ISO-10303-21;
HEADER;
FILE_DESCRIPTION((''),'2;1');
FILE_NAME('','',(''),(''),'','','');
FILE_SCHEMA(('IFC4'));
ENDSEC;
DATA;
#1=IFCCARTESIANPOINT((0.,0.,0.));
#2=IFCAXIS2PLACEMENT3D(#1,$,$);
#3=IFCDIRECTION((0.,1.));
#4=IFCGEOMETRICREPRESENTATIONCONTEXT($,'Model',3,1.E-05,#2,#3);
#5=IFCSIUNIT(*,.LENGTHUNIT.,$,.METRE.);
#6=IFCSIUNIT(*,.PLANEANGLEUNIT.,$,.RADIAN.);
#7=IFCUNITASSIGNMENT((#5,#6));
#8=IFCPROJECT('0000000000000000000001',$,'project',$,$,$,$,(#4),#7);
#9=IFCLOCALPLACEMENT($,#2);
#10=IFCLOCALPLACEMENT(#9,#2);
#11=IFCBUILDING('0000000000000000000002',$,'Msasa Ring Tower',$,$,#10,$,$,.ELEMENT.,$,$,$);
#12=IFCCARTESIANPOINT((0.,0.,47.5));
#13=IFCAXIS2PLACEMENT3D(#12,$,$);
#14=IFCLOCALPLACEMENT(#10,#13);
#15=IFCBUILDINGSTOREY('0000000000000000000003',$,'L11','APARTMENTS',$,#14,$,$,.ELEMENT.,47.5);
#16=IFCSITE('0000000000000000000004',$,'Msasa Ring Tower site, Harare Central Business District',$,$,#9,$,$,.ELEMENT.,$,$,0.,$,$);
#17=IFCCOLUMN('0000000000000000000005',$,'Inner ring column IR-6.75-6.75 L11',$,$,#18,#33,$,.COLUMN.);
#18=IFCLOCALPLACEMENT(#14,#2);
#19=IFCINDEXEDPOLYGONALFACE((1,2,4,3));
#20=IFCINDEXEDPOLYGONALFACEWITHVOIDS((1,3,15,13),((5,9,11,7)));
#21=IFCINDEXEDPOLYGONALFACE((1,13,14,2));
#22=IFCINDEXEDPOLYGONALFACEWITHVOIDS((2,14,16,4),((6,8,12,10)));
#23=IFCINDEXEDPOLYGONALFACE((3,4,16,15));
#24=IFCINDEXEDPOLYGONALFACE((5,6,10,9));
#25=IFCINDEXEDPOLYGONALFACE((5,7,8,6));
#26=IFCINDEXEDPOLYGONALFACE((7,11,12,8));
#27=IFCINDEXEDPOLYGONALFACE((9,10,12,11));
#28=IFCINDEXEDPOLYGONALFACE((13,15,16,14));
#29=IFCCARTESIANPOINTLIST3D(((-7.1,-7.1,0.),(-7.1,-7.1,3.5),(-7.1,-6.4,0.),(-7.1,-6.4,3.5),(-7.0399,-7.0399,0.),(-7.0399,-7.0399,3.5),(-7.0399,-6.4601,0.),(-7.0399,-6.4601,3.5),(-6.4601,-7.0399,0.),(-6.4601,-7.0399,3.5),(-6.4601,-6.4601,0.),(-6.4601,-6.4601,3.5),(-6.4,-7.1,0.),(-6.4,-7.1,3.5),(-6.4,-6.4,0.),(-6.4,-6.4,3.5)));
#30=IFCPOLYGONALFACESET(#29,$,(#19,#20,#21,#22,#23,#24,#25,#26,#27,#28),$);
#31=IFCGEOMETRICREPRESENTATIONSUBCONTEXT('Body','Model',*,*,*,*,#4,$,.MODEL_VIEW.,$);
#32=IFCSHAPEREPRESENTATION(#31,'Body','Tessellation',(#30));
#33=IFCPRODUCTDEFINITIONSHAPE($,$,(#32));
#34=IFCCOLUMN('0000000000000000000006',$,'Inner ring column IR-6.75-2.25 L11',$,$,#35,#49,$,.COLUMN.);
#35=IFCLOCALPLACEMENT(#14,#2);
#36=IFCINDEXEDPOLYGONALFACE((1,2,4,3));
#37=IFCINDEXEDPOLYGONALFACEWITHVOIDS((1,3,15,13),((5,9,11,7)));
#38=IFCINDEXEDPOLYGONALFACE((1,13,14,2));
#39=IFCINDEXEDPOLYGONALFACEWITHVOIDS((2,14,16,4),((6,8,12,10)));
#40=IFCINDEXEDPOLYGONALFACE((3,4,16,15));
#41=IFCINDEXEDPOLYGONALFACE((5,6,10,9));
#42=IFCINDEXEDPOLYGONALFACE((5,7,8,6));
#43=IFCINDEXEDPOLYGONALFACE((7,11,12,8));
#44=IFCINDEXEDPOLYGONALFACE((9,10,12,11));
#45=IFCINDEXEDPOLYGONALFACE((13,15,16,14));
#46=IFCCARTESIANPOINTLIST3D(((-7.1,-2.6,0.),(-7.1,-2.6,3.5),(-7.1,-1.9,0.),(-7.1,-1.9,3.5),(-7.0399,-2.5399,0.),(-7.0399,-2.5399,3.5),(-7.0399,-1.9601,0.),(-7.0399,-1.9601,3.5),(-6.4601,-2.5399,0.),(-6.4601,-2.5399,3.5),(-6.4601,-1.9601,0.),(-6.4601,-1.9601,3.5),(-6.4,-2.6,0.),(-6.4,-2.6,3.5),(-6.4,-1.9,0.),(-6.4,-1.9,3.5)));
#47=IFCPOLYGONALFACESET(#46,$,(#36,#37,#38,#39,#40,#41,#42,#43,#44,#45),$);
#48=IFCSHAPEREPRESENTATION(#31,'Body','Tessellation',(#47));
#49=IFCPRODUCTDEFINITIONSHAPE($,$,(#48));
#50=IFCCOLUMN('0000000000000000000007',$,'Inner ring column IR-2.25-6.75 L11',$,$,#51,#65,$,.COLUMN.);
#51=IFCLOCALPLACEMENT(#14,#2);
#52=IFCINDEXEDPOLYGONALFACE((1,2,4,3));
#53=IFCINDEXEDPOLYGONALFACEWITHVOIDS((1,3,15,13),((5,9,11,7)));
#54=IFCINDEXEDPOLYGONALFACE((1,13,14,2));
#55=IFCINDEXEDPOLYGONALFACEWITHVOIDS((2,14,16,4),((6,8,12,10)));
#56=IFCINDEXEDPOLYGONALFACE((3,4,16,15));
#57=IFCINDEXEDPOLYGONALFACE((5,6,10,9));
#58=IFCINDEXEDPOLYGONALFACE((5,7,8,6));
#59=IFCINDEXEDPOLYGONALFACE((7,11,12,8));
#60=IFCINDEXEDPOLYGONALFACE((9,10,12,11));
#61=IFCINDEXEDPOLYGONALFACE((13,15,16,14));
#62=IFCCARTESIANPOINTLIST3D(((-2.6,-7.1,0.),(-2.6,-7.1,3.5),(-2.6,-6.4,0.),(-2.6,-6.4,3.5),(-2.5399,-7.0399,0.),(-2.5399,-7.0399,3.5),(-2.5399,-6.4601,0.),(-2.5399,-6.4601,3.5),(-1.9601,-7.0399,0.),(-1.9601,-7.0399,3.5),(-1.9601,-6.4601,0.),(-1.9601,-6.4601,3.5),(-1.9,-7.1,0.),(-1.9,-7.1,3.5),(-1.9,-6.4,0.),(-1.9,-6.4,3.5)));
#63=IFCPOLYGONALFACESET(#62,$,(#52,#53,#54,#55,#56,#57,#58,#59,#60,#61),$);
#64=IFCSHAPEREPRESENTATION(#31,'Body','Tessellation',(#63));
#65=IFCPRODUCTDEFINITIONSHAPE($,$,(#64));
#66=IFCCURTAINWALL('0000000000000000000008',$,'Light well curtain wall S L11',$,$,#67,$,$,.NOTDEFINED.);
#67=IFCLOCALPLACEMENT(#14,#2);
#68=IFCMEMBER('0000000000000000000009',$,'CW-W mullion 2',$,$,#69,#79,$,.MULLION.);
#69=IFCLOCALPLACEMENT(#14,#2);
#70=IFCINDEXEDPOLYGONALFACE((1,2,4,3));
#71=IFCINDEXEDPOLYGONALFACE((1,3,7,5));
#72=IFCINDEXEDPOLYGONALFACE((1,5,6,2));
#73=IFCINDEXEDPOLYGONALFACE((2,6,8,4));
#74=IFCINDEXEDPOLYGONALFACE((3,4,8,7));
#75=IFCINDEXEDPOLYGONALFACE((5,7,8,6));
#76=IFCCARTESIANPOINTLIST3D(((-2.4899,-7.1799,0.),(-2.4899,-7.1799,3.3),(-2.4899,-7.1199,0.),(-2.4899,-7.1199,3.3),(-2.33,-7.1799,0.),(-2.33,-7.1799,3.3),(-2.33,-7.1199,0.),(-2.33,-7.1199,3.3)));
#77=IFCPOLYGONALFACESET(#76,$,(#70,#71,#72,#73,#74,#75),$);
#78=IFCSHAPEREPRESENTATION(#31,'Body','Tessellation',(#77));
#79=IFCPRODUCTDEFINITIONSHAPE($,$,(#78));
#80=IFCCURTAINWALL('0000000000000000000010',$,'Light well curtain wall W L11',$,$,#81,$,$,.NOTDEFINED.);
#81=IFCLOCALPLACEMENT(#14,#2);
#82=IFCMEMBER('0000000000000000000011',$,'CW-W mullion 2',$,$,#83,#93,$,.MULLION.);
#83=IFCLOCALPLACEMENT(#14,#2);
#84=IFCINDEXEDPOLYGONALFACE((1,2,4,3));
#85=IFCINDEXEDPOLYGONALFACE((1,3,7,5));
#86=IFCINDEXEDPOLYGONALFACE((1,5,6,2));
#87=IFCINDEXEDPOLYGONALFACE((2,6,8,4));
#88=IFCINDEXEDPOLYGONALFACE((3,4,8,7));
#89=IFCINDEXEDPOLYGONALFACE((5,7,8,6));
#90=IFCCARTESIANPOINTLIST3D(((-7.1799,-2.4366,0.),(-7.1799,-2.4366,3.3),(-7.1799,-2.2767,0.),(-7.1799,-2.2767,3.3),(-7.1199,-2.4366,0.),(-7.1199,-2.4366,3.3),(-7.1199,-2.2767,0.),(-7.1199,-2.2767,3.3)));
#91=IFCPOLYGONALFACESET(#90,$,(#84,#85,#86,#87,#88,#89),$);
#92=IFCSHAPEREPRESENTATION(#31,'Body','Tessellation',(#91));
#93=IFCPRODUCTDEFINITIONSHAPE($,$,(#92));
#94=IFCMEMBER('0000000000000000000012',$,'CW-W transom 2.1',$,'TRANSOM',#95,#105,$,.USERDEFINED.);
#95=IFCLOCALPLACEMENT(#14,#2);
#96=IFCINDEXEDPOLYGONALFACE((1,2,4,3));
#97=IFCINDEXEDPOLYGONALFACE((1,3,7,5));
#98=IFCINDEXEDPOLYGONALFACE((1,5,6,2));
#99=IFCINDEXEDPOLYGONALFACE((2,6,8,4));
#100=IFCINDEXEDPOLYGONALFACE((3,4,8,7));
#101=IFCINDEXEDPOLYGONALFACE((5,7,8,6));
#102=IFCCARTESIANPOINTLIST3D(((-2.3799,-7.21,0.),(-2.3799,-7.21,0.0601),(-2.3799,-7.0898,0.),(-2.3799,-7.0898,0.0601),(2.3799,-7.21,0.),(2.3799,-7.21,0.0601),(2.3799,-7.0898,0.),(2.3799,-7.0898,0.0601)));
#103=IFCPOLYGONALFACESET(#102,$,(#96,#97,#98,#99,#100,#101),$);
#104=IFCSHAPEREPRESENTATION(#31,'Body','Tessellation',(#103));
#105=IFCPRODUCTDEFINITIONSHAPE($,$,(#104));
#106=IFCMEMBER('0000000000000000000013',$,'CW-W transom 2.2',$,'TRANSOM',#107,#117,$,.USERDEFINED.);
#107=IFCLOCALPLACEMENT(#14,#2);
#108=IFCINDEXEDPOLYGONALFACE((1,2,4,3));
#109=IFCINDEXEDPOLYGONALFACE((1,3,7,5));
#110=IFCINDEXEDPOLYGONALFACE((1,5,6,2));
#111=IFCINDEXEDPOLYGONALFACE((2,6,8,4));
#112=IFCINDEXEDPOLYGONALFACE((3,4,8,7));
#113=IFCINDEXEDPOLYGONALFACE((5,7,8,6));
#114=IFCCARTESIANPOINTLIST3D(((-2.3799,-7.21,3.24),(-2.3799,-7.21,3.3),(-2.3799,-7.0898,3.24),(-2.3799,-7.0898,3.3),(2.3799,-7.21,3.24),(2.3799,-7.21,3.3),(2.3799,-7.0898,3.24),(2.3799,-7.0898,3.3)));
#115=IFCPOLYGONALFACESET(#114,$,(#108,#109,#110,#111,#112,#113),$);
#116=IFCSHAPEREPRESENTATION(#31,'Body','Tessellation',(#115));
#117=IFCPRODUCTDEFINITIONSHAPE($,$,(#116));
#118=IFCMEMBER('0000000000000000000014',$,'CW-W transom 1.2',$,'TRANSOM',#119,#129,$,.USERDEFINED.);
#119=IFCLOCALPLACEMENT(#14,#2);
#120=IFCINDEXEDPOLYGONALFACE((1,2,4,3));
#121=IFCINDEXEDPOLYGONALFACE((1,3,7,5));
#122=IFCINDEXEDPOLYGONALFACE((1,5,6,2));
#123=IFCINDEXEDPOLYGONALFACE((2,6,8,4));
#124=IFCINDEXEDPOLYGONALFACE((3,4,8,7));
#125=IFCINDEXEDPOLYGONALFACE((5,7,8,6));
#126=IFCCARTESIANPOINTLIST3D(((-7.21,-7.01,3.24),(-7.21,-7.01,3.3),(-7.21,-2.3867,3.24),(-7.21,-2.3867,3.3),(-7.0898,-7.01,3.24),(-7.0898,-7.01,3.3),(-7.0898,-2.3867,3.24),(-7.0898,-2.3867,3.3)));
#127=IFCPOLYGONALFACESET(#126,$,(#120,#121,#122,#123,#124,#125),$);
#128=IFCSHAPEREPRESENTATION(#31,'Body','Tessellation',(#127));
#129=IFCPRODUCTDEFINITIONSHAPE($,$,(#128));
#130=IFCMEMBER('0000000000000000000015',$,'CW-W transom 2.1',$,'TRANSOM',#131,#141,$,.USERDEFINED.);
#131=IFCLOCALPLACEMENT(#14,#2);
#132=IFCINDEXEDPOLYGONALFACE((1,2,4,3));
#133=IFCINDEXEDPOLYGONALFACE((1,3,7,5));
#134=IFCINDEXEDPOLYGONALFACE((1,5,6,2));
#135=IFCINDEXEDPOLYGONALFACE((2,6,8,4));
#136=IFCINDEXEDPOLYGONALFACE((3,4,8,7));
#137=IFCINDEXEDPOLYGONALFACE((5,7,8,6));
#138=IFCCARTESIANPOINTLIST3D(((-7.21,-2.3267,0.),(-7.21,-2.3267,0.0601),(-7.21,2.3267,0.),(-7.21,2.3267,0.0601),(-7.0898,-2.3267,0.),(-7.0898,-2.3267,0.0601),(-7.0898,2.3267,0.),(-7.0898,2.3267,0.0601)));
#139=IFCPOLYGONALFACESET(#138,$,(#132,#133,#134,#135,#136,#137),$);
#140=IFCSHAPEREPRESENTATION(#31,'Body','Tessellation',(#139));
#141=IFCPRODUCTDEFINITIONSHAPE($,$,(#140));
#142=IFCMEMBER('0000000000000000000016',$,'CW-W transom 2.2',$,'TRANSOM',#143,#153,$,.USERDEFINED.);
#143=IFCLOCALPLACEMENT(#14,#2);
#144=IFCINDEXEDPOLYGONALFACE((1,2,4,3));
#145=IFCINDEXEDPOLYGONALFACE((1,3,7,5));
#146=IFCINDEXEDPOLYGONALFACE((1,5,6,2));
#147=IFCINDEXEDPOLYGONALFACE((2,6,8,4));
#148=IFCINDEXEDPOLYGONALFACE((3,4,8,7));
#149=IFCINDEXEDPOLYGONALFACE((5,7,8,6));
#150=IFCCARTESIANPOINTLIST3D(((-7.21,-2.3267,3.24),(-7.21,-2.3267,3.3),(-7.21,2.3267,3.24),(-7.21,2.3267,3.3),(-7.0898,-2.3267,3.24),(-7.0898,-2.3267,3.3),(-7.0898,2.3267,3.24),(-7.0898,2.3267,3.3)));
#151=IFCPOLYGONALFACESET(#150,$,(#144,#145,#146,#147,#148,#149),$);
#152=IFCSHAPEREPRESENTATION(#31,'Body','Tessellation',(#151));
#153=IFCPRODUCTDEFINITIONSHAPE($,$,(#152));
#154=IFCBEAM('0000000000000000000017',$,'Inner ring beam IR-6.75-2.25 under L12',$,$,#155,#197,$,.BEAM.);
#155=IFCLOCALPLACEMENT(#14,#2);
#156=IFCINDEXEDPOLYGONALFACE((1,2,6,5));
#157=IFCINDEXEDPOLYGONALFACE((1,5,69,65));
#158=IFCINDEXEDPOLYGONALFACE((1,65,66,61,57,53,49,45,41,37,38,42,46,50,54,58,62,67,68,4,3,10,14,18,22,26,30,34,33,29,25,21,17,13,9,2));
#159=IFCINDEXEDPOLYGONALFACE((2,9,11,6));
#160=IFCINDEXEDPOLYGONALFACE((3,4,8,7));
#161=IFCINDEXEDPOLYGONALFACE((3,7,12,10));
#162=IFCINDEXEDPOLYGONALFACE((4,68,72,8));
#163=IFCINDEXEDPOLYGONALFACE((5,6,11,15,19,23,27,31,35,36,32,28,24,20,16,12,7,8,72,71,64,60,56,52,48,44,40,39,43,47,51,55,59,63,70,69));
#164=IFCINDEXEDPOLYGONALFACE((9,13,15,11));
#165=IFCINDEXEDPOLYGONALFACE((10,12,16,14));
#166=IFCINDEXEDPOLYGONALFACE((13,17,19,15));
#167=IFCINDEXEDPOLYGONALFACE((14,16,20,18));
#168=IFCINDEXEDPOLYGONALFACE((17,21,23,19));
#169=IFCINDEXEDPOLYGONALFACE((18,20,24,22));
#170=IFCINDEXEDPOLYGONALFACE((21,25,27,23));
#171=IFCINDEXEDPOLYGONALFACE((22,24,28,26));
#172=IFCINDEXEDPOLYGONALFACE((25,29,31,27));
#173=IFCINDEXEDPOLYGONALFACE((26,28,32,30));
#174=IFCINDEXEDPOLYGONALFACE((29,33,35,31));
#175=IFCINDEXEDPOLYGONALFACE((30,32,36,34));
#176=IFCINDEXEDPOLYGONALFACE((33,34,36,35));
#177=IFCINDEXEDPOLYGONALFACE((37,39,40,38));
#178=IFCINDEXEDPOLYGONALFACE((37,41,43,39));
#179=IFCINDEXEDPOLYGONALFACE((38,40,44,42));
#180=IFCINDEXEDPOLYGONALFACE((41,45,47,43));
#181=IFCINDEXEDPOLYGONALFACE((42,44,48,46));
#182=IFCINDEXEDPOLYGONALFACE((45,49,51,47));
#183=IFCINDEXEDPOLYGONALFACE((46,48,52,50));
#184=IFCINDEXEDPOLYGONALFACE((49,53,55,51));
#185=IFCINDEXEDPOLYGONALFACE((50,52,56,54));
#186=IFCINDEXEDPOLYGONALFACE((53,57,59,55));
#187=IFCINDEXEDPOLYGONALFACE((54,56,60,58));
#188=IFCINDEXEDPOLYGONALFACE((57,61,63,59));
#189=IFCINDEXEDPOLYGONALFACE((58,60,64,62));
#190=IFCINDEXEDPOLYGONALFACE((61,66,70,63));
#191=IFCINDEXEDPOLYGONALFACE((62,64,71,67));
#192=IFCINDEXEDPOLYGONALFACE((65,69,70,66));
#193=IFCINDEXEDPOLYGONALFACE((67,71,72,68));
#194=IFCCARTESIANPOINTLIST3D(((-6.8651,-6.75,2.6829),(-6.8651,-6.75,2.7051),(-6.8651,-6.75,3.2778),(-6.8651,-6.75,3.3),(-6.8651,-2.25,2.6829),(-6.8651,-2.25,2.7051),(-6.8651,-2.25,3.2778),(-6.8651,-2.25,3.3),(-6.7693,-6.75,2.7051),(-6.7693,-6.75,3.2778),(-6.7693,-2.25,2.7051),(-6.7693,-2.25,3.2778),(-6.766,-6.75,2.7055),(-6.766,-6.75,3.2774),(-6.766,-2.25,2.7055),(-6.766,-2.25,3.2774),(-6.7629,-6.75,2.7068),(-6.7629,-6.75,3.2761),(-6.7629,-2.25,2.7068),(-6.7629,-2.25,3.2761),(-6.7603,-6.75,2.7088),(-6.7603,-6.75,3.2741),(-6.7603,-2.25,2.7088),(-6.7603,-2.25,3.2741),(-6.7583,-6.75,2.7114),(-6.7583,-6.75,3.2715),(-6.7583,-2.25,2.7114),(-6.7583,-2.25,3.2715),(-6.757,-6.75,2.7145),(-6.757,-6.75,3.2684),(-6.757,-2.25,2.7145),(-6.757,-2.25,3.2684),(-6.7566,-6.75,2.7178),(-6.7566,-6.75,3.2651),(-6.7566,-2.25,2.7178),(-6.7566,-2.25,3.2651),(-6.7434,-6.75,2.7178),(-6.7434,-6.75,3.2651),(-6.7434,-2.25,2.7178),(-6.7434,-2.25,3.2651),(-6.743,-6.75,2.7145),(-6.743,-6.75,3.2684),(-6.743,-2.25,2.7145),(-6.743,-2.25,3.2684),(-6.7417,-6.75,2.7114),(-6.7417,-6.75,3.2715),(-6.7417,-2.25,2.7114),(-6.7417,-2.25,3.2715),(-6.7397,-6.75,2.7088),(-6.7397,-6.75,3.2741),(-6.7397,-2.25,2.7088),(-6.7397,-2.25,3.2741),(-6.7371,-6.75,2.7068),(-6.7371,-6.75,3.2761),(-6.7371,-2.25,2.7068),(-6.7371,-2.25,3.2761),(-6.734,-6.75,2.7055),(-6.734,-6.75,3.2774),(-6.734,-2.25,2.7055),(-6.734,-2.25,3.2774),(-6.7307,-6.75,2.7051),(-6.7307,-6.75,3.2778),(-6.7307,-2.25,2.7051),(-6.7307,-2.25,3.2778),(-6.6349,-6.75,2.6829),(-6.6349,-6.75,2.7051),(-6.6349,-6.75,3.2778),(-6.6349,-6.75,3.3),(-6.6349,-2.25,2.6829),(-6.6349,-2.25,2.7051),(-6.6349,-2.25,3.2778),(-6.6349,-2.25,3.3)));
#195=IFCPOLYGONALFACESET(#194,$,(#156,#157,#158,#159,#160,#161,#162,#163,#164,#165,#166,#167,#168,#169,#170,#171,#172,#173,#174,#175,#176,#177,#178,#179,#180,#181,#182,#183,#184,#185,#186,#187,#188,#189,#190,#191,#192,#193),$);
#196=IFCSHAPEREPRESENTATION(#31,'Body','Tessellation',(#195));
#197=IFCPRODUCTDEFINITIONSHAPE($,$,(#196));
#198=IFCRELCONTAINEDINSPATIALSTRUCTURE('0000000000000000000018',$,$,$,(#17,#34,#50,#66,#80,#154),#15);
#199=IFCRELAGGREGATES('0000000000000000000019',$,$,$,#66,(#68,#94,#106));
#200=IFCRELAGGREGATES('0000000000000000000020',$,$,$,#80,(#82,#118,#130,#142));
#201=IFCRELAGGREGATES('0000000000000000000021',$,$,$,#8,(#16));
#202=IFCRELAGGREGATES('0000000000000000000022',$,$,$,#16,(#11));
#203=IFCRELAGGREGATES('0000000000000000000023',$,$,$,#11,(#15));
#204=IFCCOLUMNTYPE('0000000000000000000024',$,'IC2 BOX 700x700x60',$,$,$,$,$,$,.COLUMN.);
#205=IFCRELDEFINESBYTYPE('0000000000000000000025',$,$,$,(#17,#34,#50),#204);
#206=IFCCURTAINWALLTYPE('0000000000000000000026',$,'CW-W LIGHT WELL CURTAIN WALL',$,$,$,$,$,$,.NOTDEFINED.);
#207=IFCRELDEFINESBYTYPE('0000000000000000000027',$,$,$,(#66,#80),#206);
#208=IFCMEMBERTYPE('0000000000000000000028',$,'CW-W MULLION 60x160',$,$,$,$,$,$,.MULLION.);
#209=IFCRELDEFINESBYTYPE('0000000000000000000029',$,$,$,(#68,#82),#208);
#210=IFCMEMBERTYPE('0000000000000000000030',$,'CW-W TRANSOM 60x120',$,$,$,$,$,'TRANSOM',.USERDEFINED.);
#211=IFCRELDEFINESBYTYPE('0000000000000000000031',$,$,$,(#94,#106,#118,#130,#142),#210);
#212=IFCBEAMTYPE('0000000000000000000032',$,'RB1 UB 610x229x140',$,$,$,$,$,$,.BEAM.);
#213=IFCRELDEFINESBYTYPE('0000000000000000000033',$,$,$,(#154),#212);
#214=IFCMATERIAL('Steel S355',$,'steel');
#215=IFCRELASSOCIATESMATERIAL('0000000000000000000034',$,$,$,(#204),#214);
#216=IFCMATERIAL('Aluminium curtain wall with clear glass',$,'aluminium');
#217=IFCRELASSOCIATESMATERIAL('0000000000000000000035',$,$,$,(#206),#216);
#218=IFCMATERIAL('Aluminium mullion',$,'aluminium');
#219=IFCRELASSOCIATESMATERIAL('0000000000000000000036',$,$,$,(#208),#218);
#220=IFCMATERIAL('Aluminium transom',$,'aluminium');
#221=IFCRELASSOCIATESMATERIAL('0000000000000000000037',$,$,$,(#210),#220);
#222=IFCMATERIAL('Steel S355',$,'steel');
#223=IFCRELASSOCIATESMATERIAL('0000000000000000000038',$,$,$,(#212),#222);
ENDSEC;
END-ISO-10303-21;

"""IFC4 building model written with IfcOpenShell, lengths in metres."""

from ifc_helpers import new_model, si_unit, direction, frame, origin, origin_2d, place, context, subcontext, project, spatial, rectangle, hollow_rectangle, i_section, extrude, material, material_profile, profile_set, type_object, element, aggregate, save


model = new_model("IFC4")

# Units and contexts
model_context = context("Model", 3, precision=1e-05, world=origin(), true_north=direction((0.0, 1.0)))
body_context = subcontext(model_context, "Body", "Model", "MODEL_VIEW")
ifc_project = project(units=[si_unit("LENGTHUNIT", "METRE"), si_unit("PLANEANGLEUNIT", "RADIAN")], contexts=[model_context])

# Site, building, storey
site_placement = place(None, origin())
site = spatial("IfcSite", under=ifc_project, at=site_placement, Name="Msasa Ring Tower site, Harare Central Business District", CompositionType="ELEMENT", RefElevation=0.0)
building_placement = place(site_placement, origin())
building = spatial("IfcBuilding", under=site, at=building_placement, Name="Msasa Ring Tower", CompositionType="ELEMENT")
storey_placement = place(building_placement, frame((0.0, 0.0, 47.5)))
storey = spatial("IfcBuildingStorey", under=building, at=storey_placement, Name="L11", Description="APARTMENTS", CompositionType="ELEMENT", Elevation=47.5)

# Columns
ifc_material_1 = material(Name="Steel S355", Category="steel")
ifc_material_profile_1 = material_profile(ifc_material_1, hollow_rectangle(XDim=0.7, YDim=0.7, WallThickness=0.0601, at=origin_2d()), Name="BOX 700x700x60")
ifc_profile_set_1 = profile_set([ifc_material_profile_1], Name="Steel S355")
column_type = type_object("IfcColumnType", Name="IC2 BOX 700x700x60", PredefinedType="COLUMN", material=ifc_profile_set_1)
for number, where, z_axis, x_axis, name in (
    (1, (-6.75, -6.75, 0.0), (0.0, 0.0, 1.0), (1.0, 0.0, 0.0), "Inner ring column IR-6.75-6.75 L11"),
    (2, (-6.75, -2.25, 0.0), (0.0, 0.0, 1.0), (1.0, 0.0, 0.0), "Inner ring column IR-6.75-2.25 L11"),
    (3, (-2.25, -6.75, 0.0), (0.0, 0.0, 1.0), (1.0, 0.0, 0.0), "Inner ring column IR-2.25-6.75 L11"),
):
    element("IfcColumn", number, at=place(storey_placement, frame(where, z_axis=z_axis, x_axis=x_axis)), inside=storey, type_object=column_type, Name=name, PredefinedType="COLUMN", context=body_context, shape_type="SweptSolid", body=[
        extrude(hollow_rectangle(XDim=0.7, YDim=0.7, WallThickness=0.0601, at=origin_2d()), origin(), (0.0, 0.0, 1.0), 3.5),
    ])

# Curtain walls, members
ifc_material_2 = material(Name="Aluminium curtain wall with clear glass", Category="aluminium")
curtain_wall_type = type_object("IfcCurtainWallType", Name="CW-W LIGHT WELL CURTAIN WALL", PredefinedType="NOTDEFINED", material=ifc_material_2)
curtain_wall_1_placement = place(storey_placement, origin())
curtain_wall_1 = element("IfcCurtainWall", 4, at=curtain_wall_1_placement, inside=storey, type_object=curtain_wall_type, Name="Light well curtain wall S L11", PredefinedType="NOTDEFINED")
ifc_material_3 = material(Name="Aluminium mullion", Category="aluminium")
ifc_material_profile_2 = material_profile(ifc_material_3, rectangle(XDim=0.0601, YDim=0.1599, at=origin_2d()), Name="AL 60x160")
ifc_profile_set_2 = profile_set([ifc_material_profile_2], Name="Aluminium mullion")
member_type_1 = type_object("IfcMemberType", Name="CW-W MULLION 60x160", PredefinedType="MULLION", material=ifc_profile_set_2)
member_1_placement = place(storey_placement, frame((-2.4099, -7.1499, 0.0), z_axis=(0.0, 0.0, 1.0), x_axis=(0.0, 1.0, 0.0)))
member_1 = element("IfcMember", 5, at=member_1_placement, type_object=member_type_1, Name="CW-W mullion 2", PredefinedType="MULLION", context=body_context, shape_type="SweptSolid", body=[
    extrude(rectangle(XDim=0.0601, YDim=0.1599, at=origin_2d()), origin(), (0.0, 0.0, 1.0), 3.3),
])
curtain_wall_2_placement = place(storey_placement, origin())
curtain_wall_2 = element("IfcCurtainWall", 6, at=curtain_wall_2_placement, inside=storey, type_object=curtain_wall_type, Name="Light well curtain wall W L11", PredefinedType="NOTDEFINED")
member_2_placement = place(storey_placement, frame((-7.1499, -2.3567, 0.0), z_axis=(0.0, 0.0, 1.0), x_axis=(-1.0, 0.0, 0.0)))
member_2 = element("IfcMember", 7, at=member_2_placement, type_object=member_type_1, Name="CW-W mullion 2", PredefinedType="MULLION", context=body_context, shape_type="SweptSolid", body=[
    extrude(rectangle(XDim=0.0601, YDim=0.1599, at=origin_2d()), origin(), (0.0, 0.0, 1.0), 3.3),
])

# Members
ifc_material_4 = material(Name="Aluminium transom", Category="aluminium")
ifc_material_profile_3 = material_profile(ifc_material_4, rectangle(XDim=0.1201, YDim=0.0601, at=origin_2d()), Name="AL 60x120")
ifc_profile_set_3 = profile_set([ifc_material_profile_3], Name="Aluminium transom")
member_type_2 = type_object("IfcMemberType", Name="CW-W TRANSOM 60x120", ElementType="TRANSOM", PredefinedType="USERDEFINED", material=ifc_profile_set_3)
member_3_placement = place(storey_placement, frame((-2.3799, -7.1499, 0.03), z_axis=(1.0, 0.0, 0.0), x_axis=(0.0, 1.0, 0.0)))
member_3 = element("IfcMember", 8, at=member_3_placement, type_object=member_type_2, Name="CW-W transom 2.1", ObjectType="TRANSOM", PredefinedType="USERDEFINED", context=body_context, shape_type="SweptSolid", body=[
    extrude(rectangle(XDim=0.1201, YDim=0.0601, at=origin_2d()), origin(), (0.0, 0.0, 1.0), 4.7598),
])
member_4_placement = place(storey_placement, frame((-2.3799, -7.1499, 3.27), z_axis=(1.0, 0.0, 0.0), x_axis=(0.0, 1.0, 0.0)))
member_4 = element("IfcMember", 9, at=member_4_placement, type_object=member_type_2, Name="CW-W transom 2.2", ObjectType="TRANSOM", PredefinedType="USERDEFINED", context=body_context, shape_type="SweptSolid", body=[
    extrude(rectangle(XDim=0.1201, YDim=0.0601, at=origin_2d()), origin(), (0.0, 0.0, 1.0), 4.7598),
])
member_5_placement = place(storey_placement, frame((-7.1499, -7.01, 3.27), z_axis=(0.0, 1.0, 0.0), x_axis=(-1.0, 0.0, 0.0)))
member_5 = element("IfcMember", 10, at=member_5_placement, type_object=member_type_2, Name="CW-W transom 1.2", ObjectType="TRANSOM", PredefinedType="USERDEFINED", context=body_context, shape_type="SweptSolid", body=[
    extrude(rectangle(XDim=0.1201, YDim=0.0601, at=origin_2d()), origin(), (0.0, 0.0, 1.0), 4.6233),
])
member_6_placement = place(storey_placement, frame((-7.1499, -2.3267, 0.03), z_axis=(0.0, 1.0, 0.0), x_axis=(-1.0, 0.0, 0.0)))
member_6 = element("IfcMember", 11, at=member_6_placement, type_object=member_type_2, Name="CW-W transom 2.1", ObjectType="TRANSOM", PredefinedType="USERDEFINED", context=body_context, shape_type="SweptSolid", body=[
    extrude(rectangle(XDim=0.1201, YDim=0.0601, at=origin_2d()), origin(), (0.0, 0.0, 1.0), 4.6533),
])
member_7_placement = place(storey_placement, frame((-7.1499, -2.3267, 3.27), z_axis=(0.0, 1.0, 0.0), x_axis=(-1.0, 0.0, 0.0)))
member_7 = element("IfcMember", 12, at=member_7_placement, type_object=member_type_2, Name="CW-W transom 2.2", ObjectType="TRANSOM", PredefinedType="USERDEFINED", context=body_context, shape_type="SweptSolid", body=[
    extrude(rectangle(XDim=0.1201, YDim=0.0601, at=origin_2d()), origin(), (0.0, 0.0, 1.0), 4.6533),
])

# Beam
ifc_material_5 = material(Name="Steel S355", Category="steel")
ifc_material_profile_4 = material_profile(ifc_material_5, i_section(OverallWidth=0.2302, OverallDepth=0.6172, WebThickness=0.0132, FlangeThickness=0.0222, FilletRadius=0.0127, at=origin_2d()), Name="UB 610x229x140")
ifc_profile_set_4 = profile_set([ifc_material_profile_4], Name="Steel S355")
beam_type = type_object("IfcBeamType", Name="RB1 UB 610x229x140", PredefinedType="BEAM", material=ifc_profile_set_4)
for number, where, z_axis, x_axis, name in (
    (13, (-6.75, -2.25, 2.9915), (0.0, -1.0, 0.0), (1.0, 0.0, 0.0), "Inner ring beam IR-6.75-2.25 under L12"),
):
    element("IfcBeam", number, at=place(storey_placement, frame(where, z_axis=z_axis, x_axis=x_axis)), inside=storey, type_object=beam_type, Name=name, PredefinedType="BEAM", context=body_context, shape_type="SweptSolid", body=[
        extrude(i_section(OverallWidth=0.2302, OverallDepth=0.6172, WebThickness=0.0132, FlangeThickness=0.0222, FilletRadius=0.0127, at=origin_2d()), origin(), (0.0, 0.0, 1.0), 4.5),
    ])

aggregate(curtain_wall_1, [member_1, member_3, member_4])
aggregate(curtain_wall_2, [member_2, member_5, member_6, member_7])

save(model, "model.ifc")
